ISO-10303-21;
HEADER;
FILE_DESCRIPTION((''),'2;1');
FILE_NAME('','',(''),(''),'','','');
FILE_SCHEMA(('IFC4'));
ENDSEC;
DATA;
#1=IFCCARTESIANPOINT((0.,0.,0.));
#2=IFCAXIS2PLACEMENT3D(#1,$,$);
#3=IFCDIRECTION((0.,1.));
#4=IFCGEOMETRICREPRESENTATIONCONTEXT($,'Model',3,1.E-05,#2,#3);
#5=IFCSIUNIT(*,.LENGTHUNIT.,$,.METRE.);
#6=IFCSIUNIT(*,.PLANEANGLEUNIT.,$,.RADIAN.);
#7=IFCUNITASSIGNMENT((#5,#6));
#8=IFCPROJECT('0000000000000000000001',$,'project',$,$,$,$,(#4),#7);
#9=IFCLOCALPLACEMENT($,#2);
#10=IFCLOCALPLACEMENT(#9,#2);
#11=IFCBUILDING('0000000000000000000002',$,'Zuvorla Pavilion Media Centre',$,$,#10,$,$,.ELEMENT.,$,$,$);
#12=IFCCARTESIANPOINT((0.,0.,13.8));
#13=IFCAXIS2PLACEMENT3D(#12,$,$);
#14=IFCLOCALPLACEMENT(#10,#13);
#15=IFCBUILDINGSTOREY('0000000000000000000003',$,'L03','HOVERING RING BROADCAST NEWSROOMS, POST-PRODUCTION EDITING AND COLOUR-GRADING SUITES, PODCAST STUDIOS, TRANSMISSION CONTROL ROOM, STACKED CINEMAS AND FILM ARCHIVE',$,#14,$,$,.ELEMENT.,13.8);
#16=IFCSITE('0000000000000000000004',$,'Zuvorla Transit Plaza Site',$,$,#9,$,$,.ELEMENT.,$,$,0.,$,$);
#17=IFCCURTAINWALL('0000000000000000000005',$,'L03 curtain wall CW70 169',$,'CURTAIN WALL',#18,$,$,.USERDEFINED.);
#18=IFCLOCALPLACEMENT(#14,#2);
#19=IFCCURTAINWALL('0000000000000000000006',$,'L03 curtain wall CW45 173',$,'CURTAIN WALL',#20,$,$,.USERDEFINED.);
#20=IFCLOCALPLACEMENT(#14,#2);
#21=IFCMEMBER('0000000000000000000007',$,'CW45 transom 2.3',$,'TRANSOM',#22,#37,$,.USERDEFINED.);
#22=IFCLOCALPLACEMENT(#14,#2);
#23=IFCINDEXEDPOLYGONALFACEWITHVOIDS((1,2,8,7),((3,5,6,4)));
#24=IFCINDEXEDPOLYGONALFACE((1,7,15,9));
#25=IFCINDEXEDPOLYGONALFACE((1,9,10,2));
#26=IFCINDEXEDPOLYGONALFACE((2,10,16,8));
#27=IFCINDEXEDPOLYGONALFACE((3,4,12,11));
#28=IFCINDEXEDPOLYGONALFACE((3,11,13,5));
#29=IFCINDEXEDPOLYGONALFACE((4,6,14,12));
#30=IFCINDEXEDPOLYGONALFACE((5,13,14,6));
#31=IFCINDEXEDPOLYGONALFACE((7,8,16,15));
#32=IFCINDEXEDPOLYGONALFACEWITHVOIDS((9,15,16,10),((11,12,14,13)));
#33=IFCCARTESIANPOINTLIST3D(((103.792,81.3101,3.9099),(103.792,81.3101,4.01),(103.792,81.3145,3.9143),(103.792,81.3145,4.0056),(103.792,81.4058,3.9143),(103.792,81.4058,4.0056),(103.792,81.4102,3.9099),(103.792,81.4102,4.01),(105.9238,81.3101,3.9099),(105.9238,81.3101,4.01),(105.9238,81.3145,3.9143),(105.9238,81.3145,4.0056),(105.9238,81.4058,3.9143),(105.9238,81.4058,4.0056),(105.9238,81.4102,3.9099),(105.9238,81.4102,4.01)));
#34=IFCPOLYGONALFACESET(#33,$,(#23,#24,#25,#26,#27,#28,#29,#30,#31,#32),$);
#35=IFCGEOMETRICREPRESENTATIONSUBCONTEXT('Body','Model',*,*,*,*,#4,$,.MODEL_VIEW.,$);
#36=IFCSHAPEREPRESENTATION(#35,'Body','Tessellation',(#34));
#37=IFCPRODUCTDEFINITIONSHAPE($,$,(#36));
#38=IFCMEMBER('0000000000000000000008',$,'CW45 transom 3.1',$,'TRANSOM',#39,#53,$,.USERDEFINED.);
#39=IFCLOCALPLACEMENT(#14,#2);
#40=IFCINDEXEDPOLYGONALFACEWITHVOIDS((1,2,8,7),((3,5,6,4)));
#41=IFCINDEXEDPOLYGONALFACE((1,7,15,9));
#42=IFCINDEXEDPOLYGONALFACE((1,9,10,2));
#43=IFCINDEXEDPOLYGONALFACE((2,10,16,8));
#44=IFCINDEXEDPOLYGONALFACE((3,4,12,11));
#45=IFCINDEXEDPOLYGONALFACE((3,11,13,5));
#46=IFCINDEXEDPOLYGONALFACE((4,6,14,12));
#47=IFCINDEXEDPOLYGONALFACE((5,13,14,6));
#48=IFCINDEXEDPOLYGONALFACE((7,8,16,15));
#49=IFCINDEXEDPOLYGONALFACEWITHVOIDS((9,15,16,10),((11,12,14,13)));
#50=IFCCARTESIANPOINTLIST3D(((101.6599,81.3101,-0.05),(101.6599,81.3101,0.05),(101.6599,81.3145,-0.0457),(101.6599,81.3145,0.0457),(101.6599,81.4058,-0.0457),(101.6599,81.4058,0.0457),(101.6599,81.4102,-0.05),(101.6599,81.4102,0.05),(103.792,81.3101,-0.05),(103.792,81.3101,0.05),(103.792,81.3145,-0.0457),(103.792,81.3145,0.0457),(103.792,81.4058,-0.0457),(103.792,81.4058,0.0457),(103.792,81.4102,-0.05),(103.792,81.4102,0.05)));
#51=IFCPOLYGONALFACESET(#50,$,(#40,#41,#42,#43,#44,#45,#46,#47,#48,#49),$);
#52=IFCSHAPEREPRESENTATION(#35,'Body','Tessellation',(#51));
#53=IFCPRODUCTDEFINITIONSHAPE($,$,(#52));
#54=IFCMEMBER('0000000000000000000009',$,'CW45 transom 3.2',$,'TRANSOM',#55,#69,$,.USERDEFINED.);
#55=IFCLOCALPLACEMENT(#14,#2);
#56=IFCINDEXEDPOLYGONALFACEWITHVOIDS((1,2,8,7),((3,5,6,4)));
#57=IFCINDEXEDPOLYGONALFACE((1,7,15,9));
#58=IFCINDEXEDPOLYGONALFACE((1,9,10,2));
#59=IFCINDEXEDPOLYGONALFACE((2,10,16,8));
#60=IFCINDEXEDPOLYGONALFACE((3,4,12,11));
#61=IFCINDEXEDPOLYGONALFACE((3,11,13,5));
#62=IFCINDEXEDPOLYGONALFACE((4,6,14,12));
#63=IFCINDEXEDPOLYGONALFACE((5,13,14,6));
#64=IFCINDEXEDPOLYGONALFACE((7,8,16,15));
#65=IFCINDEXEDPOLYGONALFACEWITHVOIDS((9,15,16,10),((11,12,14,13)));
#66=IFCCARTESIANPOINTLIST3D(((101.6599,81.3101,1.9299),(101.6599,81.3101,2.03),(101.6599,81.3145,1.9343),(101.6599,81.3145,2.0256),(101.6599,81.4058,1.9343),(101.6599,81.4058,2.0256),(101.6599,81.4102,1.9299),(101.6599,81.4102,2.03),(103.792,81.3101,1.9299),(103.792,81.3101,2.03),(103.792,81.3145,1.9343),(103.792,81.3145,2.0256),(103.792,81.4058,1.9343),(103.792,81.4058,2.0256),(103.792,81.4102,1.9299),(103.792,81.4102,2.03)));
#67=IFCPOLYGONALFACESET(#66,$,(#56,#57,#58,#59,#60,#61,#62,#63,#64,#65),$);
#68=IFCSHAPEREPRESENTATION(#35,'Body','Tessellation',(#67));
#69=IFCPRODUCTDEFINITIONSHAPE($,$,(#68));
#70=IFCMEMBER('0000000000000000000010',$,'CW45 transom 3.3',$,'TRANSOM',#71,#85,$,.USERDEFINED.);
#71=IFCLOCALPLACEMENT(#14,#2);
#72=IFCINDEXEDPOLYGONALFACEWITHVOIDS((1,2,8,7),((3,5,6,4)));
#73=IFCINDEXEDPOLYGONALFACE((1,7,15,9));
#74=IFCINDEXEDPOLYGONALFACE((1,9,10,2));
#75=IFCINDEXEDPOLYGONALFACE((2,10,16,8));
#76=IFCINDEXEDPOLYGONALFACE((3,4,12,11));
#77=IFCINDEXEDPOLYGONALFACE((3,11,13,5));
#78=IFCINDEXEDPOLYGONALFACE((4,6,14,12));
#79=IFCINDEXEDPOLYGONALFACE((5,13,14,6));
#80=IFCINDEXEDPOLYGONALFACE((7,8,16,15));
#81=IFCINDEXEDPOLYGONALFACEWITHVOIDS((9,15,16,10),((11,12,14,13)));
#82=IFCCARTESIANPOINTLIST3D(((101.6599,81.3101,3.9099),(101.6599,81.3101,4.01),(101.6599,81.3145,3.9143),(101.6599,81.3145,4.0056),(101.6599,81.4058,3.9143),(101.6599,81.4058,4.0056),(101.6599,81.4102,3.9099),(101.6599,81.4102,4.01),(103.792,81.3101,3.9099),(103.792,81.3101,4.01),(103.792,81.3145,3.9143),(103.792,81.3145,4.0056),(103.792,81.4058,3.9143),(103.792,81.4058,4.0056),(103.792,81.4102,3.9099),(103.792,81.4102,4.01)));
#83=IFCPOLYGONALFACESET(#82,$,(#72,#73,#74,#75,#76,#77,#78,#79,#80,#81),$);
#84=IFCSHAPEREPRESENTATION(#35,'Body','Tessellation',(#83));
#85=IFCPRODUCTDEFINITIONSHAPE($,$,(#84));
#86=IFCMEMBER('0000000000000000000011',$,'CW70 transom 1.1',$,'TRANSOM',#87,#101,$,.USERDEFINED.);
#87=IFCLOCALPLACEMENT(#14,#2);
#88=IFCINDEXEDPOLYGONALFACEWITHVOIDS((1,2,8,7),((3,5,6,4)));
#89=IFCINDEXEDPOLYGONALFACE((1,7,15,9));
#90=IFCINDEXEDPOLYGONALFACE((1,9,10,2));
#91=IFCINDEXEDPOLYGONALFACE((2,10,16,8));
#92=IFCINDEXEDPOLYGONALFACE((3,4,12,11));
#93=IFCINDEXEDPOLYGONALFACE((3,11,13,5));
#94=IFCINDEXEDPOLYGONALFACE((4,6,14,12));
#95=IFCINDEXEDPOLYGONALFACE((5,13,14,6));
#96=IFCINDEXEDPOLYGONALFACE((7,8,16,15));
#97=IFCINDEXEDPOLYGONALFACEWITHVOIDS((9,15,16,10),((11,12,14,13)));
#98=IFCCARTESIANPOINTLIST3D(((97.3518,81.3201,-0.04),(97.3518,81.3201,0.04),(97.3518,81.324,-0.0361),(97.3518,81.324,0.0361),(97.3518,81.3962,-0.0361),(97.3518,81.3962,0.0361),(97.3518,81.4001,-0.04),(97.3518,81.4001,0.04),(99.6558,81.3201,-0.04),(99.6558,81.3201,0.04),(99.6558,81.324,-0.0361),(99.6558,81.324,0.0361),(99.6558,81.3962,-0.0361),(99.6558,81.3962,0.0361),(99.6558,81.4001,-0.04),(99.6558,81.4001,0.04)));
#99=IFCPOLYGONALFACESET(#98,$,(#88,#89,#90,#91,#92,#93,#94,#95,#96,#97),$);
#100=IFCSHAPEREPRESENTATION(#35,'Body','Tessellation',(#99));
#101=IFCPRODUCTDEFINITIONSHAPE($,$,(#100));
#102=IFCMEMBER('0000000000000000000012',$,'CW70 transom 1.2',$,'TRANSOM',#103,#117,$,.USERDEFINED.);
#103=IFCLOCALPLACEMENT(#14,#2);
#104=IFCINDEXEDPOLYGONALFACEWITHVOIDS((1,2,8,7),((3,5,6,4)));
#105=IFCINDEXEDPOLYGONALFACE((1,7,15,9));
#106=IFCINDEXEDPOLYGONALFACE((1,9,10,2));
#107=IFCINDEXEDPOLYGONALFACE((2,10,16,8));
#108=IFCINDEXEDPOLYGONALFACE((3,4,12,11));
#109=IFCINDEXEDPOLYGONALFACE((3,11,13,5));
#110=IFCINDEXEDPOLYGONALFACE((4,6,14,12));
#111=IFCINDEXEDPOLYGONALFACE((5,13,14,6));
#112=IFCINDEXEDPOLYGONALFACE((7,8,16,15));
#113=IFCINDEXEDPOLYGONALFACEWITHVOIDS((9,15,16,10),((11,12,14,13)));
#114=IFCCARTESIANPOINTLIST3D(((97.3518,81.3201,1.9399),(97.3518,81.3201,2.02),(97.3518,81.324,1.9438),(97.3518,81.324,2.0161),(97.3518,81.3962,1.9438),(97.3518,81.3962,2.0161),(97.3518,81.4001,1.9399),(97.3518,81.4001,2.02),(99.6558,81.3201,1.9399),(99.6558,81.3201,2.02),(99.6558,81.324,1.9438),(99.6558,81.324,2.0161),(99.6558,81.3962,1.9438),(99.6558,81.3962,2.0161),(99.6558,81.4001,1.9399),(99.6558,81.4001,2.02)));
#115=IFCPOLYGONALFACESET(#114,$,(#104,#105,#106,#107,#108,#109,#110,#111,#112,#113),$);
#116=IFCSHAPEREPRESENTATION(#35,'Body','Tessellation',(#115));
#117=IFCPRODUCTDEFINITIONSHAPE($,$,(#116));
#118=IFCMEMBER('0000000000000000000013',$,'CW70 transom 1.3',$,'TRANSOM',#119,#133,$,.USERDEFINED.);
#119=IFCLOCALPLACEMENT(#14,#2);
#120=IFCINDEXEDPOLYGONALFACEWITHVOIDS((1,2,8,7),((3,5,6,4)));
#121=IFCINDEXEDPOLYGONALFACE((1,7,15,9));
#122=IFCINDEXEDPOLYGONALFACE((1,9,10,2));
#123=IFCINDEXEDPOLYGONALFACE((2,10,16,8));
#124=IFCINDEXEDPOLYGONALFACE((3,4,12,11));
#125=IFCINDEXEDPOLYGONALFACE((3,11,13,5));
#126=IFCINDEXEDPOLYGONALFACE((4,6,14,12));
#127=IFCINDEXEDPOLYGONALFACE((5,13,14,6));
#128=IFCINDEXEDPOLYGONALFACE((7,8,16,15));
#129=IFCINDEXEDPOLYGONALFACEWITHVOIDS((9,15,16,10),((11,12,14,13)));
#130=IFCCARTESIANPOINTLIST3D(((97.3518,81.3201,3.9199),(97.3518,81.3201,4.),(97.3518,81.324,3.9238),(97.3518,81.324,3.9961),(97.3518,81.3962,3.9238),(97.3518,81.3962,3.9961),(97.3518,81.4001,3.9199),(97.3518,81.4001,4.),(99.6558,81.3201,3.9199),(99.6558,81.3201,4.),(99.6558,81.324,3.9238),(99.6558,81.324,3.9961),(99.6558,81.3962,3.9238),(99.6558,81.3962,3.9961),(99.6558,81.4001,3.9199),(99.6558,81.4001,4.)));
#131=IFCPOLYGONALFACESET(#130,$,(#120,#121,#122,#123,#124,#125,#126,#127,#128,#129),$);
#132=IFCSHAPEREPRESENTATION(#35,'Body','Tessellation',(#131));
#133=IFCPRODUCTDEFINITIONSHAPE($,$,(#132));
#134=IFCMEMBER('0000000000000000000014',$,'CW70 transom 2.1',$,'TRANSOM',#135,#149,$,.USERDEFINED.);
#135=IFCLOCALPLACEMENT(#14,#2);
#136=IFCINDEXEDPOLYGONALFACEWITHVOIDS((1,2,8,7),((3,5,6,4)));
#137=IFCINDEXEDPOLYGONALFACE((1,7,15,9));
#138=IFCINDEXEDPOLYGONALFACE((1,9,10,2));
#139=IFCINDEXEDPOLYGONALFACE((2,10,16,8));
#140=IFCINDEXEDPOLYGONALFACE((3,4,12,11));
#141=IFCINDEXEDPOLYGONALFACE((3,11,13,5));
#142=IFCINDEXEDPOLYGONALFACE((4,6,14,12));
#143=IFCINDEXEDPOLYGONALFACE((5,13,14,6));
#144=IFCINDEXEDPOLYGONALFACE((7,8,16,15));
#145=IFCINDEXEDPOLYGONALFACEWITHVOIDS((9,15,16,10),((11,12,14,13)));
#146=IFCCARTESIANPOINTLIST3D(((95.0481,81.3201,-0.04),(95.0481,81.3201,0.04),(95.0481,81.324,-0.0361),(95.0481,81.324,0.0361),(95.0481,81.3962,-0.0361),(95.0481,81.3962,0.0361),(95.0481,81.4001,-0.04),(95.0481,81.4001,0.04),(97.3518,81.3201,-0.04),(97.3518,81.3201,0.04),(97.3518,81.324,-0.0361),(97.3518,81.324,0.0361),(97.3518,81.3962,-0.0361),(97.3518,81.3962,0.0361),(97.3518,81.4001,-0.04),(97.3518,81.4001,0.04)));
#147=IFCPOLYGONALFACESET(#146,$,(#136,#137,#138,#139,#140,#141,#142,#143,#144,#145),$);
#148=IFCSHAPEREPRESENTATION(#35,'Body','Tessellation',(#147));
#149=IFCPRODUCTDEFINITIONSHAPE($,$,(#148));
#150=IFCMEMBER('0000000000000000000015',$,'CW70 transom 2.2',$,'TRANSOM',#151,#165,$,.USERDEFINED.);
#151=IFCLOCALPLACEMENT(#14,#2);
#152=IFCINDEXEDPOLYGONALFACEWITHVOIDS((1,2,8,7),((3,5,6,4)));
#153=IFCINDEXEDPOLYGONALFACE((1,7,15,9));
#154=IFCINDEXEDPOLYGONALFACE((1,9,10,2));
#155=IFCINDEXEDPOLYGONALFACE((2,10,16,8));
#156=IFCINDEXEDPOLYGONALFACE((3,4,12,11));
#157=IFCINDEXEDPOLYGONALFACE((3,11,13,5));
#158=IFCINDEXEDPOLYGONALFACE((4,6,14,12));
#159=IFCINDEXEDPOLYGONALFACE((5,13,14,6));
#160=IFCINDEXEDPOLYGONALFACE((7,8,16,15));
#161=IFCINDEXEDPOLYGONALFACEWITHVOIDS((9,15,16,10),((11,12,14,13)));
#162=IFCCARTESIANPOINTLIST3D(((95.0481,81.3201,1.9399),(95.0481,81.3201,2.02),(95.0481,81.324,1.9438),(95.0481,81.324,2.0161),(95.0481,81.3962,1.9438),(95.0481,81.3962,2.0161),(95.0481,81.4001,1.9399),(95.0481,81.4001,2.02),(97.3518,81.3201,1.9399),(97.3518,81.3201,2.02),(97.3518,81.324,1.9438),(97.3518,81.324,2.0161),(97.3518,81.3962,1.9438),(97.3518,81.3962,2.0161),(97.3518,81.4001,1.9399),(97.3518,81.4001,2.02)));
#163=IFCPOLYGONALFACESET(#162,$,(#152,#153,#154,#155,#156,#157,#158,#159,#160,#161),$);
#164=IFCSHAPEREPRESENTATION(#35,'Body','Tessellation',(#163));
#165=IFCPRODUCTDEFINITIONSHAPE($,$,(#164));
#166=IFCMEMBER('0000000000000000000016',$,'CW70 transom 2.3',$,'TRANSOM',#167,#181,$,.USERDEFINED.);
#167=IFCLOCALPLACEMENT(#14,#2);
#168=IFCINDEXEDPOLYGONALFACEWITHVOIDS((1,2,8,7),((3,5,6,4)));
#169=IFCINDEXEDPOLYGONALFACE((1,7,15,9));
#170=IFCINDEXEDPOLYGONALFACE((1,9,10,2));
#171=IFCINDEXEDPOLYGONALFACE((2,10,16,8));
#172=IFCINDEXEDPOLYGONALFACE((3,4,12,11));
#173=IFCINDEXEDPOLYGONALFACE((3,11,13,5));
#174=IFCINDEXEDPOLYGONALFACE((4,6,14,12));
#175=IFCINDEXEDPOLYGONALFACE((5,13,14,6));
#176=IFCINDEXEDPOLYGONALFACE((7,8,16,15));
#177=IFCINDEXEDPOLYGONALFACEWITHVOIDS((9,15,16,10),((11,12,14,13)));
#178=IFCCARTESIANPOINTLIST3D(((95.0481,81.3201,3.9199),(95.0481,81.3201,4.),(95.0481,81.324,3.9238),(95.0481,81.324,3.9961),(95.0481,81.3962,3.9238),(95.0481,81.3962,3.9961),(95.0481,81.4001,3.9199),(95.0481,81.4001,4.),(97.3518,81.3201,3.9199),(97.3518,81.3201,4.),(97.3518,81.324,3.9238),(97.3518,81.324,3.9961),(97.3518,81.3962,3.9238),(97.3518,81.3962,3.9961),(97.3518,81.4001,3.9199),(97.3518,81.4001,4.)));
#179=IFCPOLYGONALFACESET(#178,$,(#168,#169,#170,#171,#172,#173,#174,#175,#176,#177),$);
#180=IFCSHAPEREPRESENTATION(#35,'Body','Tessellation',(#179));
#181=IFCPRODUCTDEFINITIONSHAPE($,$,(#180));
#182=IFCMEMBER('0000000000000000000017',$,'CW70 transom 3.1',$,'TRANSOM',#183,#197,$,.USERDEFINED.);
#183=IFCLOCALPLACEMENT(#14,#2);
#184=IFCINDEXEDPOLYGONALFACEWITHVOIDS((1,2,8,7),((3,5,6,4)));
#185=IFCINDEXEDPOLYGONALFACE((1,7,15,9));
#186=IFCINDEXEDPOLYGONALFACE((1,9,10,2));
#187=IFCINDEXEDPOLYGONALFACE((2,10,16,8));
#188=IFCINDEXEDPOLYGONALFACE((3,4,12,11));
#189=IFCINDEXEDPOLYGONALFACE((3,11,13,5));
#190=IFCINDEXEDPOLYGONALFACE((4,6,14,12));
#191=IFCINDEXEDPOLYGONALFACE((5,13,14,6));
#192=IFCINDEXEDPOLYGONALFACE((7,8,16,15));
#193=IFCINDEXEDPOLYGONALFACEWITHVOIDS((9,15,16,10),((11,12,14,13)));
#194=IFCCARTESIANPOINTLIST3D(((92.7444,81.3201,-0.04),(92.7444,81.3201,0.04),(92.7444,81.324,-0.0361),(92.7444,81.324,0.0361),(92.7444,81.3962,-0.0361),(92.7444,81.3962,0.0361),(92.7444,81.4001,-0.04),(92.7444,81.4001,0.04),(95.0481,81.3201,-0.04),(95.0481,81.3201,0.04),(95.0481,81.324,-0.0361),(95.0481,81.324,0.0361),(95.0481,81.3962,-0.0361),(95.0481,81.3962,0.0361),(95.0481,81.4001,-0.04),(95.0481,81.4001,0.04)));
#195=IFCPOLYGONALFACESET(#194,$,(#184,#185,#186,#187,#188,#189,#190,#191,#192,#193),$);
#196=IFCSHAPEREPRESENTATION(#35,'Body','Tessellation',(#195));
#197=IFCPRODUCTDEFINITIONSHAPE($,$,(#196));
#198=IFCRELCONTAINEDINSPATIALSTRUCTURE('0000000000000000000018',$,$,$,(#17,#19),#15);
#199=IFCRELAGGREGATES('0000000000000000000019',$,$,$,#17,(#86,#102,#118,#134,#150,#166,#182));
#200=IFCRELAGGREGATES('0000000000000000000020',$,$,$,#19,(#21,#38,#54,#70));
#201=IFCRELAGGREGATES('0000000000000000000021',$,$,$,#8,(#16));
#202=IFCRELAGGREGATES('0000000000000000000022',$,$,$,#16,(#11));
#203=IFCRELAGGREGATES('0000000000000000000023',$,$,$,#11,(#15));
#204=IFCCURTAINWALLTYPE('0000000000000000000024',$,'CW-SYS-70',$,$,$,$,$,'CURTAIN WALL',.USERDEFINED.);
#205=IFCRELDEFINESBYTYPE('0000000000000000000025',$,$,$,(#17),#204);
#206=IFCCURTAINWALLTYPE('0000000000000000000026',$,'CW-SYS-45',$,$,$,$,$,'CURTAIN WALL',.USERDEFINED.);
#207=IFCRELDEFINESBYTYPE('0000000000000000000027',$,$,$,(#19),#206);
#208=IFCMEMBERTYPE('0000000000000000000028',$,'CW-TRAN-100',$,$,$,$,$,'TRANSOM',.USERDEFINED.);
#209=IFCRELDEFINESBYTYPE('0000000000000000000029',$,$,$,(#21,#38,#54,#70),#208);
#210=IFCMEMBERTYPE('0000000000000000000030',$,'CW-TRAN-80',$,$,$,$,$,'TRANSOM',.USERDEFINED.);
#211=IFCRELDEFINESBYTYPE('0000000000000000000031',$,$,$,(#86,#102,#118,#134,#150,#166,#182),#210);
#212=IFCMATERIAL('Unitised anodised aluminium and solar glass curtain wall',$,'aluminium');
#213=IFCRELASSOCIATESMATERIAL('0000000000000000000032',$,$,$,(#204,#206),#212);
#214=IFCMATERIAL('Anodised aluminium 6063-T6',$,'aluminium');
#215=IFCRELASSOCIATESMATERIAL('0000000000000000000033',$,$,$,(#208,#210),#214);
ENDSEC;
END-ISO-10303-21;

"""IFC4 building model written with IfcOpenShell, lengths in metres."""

from ifc_helpers import new_model, si_unit, direction, frame, origin, origin_2d, place, context, subcontext, project, spatial, hollow_rectangle, extrude, material, material_profile, profile_set, type_object, element, aggregate, save


model = new_model("IFC4")

# Units and contexts
model_context = context("Model", 3, precision=1e-05, world=origin(), true_north=direction((0.0, 1.0)))
body_context = subcontext(model_context, "Body", "Model", "MODEL_VIEW")
ifc_project = project(units=[si_unit("LENGTHUNIT", "METRE"), si_unit("PLANEANGLEUNIT", "RADIAN")], contexts=[model_context])

# Site, building, storey
site_placement = place(None, origin())
site = spatial("IfcSite", under=ifc_project, at=site_placement, Name="Zuvorla Transit Plaza Site", CompositionType="ELEMENT", RefElevation=0.0)
building_placement = place(site_placement, origin())
building = spatial("IfcBuilding", under=site, at=building_placement, Name="Zuvorla Pavilion Media Centre", CompositionType="ELEMENT")
storey_placement = place(building_placement, frame((0.0, 0.0, 13.8)))
storey = spatial("IfcBuildingStorey", under=building, at=storey_placement, Name="L03", Description="HOVERING RING BROADCAST NEWSROOMS, POST-PRODUCTION EDITING AND COLOUR-GRADING SUITES, PODCAST STUDIOS, TRANSMISSION CONTROL ROOM, STACKED CINEMAS AND FILM ARCHIVE", CompositionType="ELEMENT", Elevation=13.8)

# Curtain walls, members
ifc_material_1 = material(Name="Unitised anodised aluminium and solar glass curtain wall", Category="aluminium")
curtain_wall_type_1 = type_object("IfcCurtainWallType", Name="CW-SYS-70", ElementType="CURTAIN WALL", PredefinedType="USERDEFINED", material=ifc_material_1)
curtain_wall_1_placement = place(storey_placement, origin())
curtain_wall_1 = element("IfcCurtainWall", 1, at=curtain_wall_1_placement, inside=storey, type_object=curtain_wall_type_1, Name="L03 curtain wall CW70 169", ObjectType="CURTAIN WALL", PredefinedType="USERDEFINED")
ifc_material_2 = material(Name="Anodised aluminium 6063-T6", Category="aluminium")
curtain_wall_type_2 = type_object("IfcCurtainWallType", Name="CW-SYS-45", ElementType="CURTAIN WALL", PredefinedType="USERDEFINED", material=ifc_material_1)
curtain_wall_2_placement = place(storey_placement, origin())
curtain_wall_2 = element("IfcCurtainWall", 2, at=curtain_wall_2_placement, inside=storey, type_object=curtain_wall_type_2, Name="L03 curtain wall CW45 173", ObjectType="CURTAIN WALL", PredefinedType="USERDEFINED")
ifc_material_profile_1 = material_profile(ifc_material_2, hollow_rectangle(XDim=0.1001, YDim=0.1001, WallThickness=0.0044, at=origin_2d()), Name="ALU TRAN 100x100")
ifc_profile_set_1 = profile_set([ifc_material_profile_1], Name="Anodised aluminium 6063-T6")
member_type_1 = type_object("IfcMemberType", Name="CW-TRAN-100", ElementType="TRANSOM", PredefinedType="USERDEFINED", material=ifc_profile_set_1)
member_1_placement = place(storey_placement, frame((105.9238, 81.3601, 3.96), z_axis=(-1.0, 0.0, 0.0), x_axis=(0.0, -1.0, 0.0)))
member_1 = element("IfcMember", 3, at=member_1_placement, type_object=member_type_1, Name="CW45 transom 2.3", ObjectType="TRANSOM", PredefinedType="USERDEFINED", context=body_context, shape_type="SweptSolid", body=[
    extrude(hollow_rectangle(XDim=0.1001, YDim=0.1001, WallThickness=0.0044, at=origin_2d()), origin(), (0.0, 0.0, 1.0), 2.1318),
])
member_2_placement = place(storey_placement, frame((103.792, 81.3601, 0.0), z_axis=(-1.0, 0.0, 0.0), x_axis=(0.0, -1.0, 0.0)))
member_2 = element("IfcMember", 4, at=member_2_placement, type_object=member_type_1, Name="CW45 transom 3.1", ObjectType="TRANSOM", PredefinedType="USERDEFINED", context=body_context, shape_type="SweptSolid", body=[
    extrude(hollow_rectangle(XDim=0.1001, YDim=0.1001, WallThickness=0.0044, at=origin_2d()), origin(), (0.0, 0.0, 1.0), 2.1321),
])
member_3_placement = place(storey_placement, frame((103.792, 81.3601, 1.98), z_axis=(-1.0, 0.0, 0.0), x_axis=(0.0, -1.0, 0.0)))
member_3 = element("IfcMember", 5, at=member_3_placement, type_object=member_type_1, Name="CW45 transom 3.2", ObjectType="TRANSOM", PredefinedType="USERDEFINED", context=body_context, shape_type="SweptSolid", body=[
    extrude(hollow_rectangle(XDim=0.1001, YDim=0.1001, WallThickness=0.0044, at=origin_2d()), origin(), (0.0, 0.0, 1.0), 2.1321),
])
member_4_placement = place(storey_placement, frame((103.792, 81.3601, 3.96), z_axis=(-1.0, 0.0, 0.0), x_axis=(0.0, -1.0, 0.0)))
member_4 = element("IfcMember", 6, at=member_4_placement, type_object=member_type_1, Name="CW45 transom 3.3", ObjectType="TRANSOM", PredefinedType="USERDEFINED", context=body_context, shape_type="SweptSolid", body=[
    extrude(hollow_rectangle(XDim=0.1001, YDim=0.1001, WallThickness=0.0044, at=origin_2d()), origin(), (0.0, 0.0, 1.0), 2.1321),
])

# Members
ifc_material_profile_2 = material_profile(ifc_material_2, hollow_rectangle(XDim=0.0801, YDim=0.0801, WallThickness=0.0039, at=origin_2d()), Name="ALU TRAN 80x80")
ifc_profile_set_2 = profile_set([ifc_material_profile_2], Name="Anodised aluminium 6063-T6")
member_type_2 = type_object("IfcMemberType", Name="CW-TRAN-80", ElementType="TRANSOM", PredefinedType="USERDEFINED", material=ifc_profile_set_2)
member_5_placement = place(storey_placement, frame((99.6558, 81.3601, 0.0), z_axis=(-1.0, 0.0, 0.0), x_axis=(0.0, -1.0, 0.0)))
member_5 = element("IfcMember", 7, at=member_5_placement, type_object=member_type_2, Name="CW70 transom 1.1", ObjectType="TRANSOM", PredefinedType="USERDEFINED", context=body_context, shape_type="SweptSolid", body=[
    extrude(hollow_rectangle(XDim=0.0801, YDim=0.0801, WallThickness=0.0039, at=origin_2d()), origin(), (0.0, 0.0, 1.0), 2.304),
])
member_6_placement = place(storey_placement, frame((99.6558, 81.3601, 1.98), z_axis=(-1.0, 0.0, 0.0), x_axis=(0.0, -1.0, 0.0)))
member_6 = element("IfcMember", 8, at=member_6_placement, type_object=member_type_2, Name="CW70 transom 1.2", ObjectType="TRANSOM", PredefinedType="USERDEFINED", context=body_context, shape_type="SweptSolid", body=[
    extrude(hollow_rectangle(XDim=0.0801, YDim=0.0801, WallThickness=0.0039, at=origin_2d()), origin(), (0.0, 0.0, 1.0), 2.304),
])
member_7_placement = place(storey_placement, frame((99.6558, 81.3601, 3.96), z_axis=(-1.0, 0.0, 0.0), x_axis=(0.0, -1.0, 0.0)))
member_7 = element("IfcMember", 9, at=member_7_placement, type_object=member_type_2, Name="CW70 transom 1.3", ObjectType="TRANSOM", PredefinedType="USERDEFINED", context=body_context, shape_type="SweptSolid", body=[
    extrude(hollow_rectangle(XDim=0.0801, YDim=0.0801, WallThickness=0.0039, at=origin_2d()), origin(), (0.0, 0.0, 1.0), 2.304),
])
member_8_placement = place(storey_placement, frame((97.3518, 81.3601, 0.0), z_axis=(-1.0, 0.0, 0.0), x_axis=(0.0, -1.0, 0.0)))
member_8 = element("IfcMember", 10, at=member_8_placement, type_object=member_type_2, Name="CW70 transom 2.1", ObjectType="TRANSOM", PredefinedType="USERDEFINED", context=body_context, shape_type="SweptSolid", body=[
    extrude(hollow_rectangle(XDim=0.0801, YDim=0.0801, WallThickness=0.0039, at=origin_2d()), origin(), (0.0, 0.0, 1.0), 2.3037),
])
member_9_placement = place(storey_placement, frame((97.3518, 81.3601, 1.98), z_axis=(-1.0, 0.0, 0.0), x_axis=(0.0, -1.0, 0.0)))
member_9 = element("IfcMember", 11, at=member_9_placement, type_object=member_type_2, Name="CW70 transom 2.2", ObjectType="TRANSOM", PredefinedType="USERDEFINED", context=body_context, shape_type="SweptSolid", body=[
    extrude(hollow_rectangle(XDim=0.0801, YDim=0.0801, WallThickness=0.0039, at=origin_2d()), origin(), (0.0, 0.0, 1.0), 2.3037),
])
member_10_placement = place(storey_placement, frame((97.3518, 81.3601, 3.96), z_axis=(-1.0, 0.0, 0.0), x_axis=(0.0, -1.0, 0.0)))
member_10 = element("IfcMember", 12, at=member_10_placement, type_object=member_type_2, Name="CW70 transom 2.3", ObjectType="TRANSOM", PredefinedType="USERDEFINED", context=body_context, shape_type="SweptSolid", body=[
    extrude(hollow_rectangle(XDim=0.0801, YDim=0.0801, WallThickness=0.0039, at=origin_2d()), origin(), (0.0, 0.0, 1.0), 2.3037),
])
member_11_placement = place(storey_placement, frame((95.0481, 81.3601, 0.0), z_axis=(-1.0, 0.0, 0.0), x_axis=(0.0, -1.0, 0.0)))
member_11 = element("IfcMember", 13, at=member_11_placement, type_object=member_type_2, Name="CW70 transom 3.1", ObjectType="TRANSOM", PredefinedType="USERDEFINED", context=body_context, shape_type="SweptSolid", body=[
    extrude(hollow_rectangle(XDim=0.0801, YDim=0.0801, WallThickness=0.0039, at=origin_2d()), origin(), (0.0, 0.0, 1.0), 2.3037),
])

aggregate(curtain_wall_1, [member_5, member_6, member_7, member_8, member_9, member_10, member_11])
aggregate(curtain_wall_2, [member_1, member_2, member_3, member_4])

save(model, "model.ifc")
